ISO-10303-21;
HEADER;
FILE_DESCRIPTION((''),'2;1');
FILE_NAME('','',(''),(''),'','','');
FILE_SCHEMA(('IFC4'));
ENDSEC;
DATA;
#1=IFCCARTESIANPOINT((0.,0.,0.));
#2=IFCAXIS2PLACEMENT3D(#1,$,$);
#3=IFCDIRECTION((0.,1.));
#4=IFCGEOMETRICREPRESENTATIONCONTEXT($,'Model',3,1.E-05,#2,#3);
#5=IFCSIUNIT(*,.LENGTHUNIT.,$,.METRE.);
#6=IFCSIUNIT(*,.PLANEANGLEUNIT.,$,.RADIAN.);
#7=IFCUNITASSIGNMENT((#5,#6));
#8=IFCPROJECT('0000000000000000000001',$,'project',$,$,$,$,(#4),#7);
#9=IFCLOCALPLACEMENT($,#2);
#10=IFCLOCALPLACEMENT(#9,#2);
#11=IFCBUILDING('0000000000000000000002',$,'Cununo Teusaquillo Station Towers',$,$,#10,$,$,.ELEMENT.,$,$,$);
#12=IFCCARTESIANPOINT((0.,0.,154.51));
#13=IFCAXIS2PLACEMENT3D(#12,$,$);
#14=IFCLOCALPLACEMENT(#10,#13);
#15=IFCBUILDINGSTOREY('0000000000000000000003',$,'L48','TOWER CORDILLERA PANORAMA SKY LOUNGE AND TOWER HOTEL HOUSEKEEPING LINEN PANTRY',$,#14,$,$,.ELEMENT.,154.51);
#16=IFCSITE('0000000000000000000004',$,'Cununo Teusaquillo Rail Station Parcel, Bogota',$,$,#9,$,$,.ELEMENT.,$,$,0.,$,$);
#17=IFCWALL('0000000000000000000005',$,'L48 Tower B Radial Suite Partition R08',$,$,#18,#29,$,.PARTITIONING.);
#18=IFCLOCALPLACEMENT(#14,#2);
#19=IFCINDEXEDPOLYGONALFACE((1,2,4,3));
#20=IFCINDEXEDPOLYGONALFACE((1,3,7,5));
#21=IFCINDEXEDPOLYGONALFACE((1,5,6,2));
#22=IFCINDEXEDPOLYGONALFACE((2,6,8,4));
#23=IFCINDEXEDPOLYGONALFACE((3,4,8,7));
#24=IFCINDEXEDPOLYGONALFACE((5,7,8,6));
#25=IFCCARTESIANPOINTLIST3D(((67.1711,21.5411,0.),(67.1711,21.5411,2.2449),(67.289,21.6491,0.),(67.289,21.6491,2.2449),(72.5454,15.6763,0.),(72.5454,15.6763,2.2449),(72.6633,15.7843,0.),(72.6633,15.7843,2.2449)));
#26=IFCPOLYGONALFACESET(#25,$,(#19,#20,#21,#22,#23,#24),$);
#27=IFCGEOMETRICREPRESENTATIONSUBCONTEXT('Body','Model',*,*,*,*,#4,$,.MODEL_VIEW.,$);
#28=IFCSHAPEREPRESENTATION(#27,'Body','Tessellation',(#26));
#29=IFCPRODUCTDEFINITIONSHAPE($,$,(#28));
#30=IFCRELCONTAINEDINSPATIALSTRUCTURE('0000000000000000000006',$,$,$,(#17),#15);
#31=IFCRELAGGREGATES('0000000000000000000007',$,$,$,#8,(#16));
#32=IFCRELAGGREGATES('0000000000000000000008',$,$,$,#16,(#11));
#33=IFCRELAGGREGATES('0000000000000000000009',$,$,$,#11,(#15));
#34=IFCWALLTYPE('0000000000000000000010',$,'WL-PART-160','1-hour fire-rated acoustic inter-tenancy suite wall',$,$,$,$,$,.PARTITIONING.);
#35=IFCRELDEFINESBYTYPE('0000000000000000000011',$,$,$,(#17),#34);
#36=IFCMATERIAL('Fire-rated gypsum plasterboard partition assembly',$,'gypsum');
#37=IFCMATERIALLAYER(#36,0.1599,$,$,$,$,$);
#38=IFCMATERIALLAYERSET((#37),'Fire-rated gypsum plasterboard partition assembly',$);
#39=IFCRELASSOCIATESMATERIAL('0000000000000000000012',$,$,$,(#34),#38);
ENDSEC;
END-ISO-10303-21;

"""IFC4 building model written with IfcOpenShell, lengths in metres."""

from ifc_helpers import new_model, si_unit, direction, frame, frame_2d, origin, place, context, subcontext, project, spatial, rectangle, extrude, material, layer, layer_set, type_object, element, save


model = new_model("IFC4")

# Units and contexts
model_context = context("Model", 3, precision=1e-05, world=origin(), true_north=direction((0.0, 1.0)))
body_context = subcontext(model_context, "Body", "Model", "MODEL_VIEW")
ifc_project = project(units=[si_unit("LENGTHUNIT", "METRE"), si_unit("PLANEANGLEUNIT", "RADIAN")], contexts=[model_context])

# Site, building, storey
site_placement = place(None, origin())
site = spatial("IfcSite", under=ifc_project, at=site_placement, Name="Cununo Teusaquillo Rail Station Parcel, Bogota", CompositionType="ELEMENT", RefElevation=0.0)
building_placement = place(site_placement, origin())
building = spatial("IfcBuilding", under=site, at=building_placement, Name="Cununo Teusaquillo Station Towers", CompositionType="ELEMENT")
storey_placement = place(building_placement, frame((0.0, 0.0, 154.51)))
storey = spatial("IfcBuildingStorey", under=building, at=storey_placement, Name="L48", Description="TOWER CORDILLERA PANORAMA SKY LOUNGE AND TOWER HOTEL HOUSEKEEPING LINEN PANTRY", CompositionType="ELEMENT", Elevation=154.51)

# Wall
ifc_material_1 = material(Name="Fire-rated gypsum plasterboard partition assembly", Category="gypsum")
ifc_layer_1 = layer(ifc_material_1, 0.1599)
ifc_layer_set_1 = layer_set([ifc_layer_1], Name="Fire-rated gypsum plasterboard partition assembly")
wall_type_1 = type_object("IfcWallType", Name="WL-PART-160", Description="1-hour fire-rated acoustic inter-tenancy suite wall", PredefinedType="PARTITIONING", material=ifc_layer_set_1)
wall_1_placement = place(storey_placement, frame((67.23, 21.5952, 0.0), z_axis=(0.0, 0.0, 1.0), x_axis=(0.675605, -0.737264, 0.0)))
element("IfcWall", 1, at=wall_1_placement, inside=storey, type_object=wall_type_1, Name="L48 Tower B Radial Suite Partition R08", PredefinedType="PARTITIONING", context=body_context, shape_type="SweptSolid", body=[
    extrude(rectangle(XDim=7.9548, YDim=0.1599, at=frame_2d((3.9775, 0.0))), origin(), (0.0, 0.0, 1.0), 2.2449),
])

save(model, "model.ifc")
